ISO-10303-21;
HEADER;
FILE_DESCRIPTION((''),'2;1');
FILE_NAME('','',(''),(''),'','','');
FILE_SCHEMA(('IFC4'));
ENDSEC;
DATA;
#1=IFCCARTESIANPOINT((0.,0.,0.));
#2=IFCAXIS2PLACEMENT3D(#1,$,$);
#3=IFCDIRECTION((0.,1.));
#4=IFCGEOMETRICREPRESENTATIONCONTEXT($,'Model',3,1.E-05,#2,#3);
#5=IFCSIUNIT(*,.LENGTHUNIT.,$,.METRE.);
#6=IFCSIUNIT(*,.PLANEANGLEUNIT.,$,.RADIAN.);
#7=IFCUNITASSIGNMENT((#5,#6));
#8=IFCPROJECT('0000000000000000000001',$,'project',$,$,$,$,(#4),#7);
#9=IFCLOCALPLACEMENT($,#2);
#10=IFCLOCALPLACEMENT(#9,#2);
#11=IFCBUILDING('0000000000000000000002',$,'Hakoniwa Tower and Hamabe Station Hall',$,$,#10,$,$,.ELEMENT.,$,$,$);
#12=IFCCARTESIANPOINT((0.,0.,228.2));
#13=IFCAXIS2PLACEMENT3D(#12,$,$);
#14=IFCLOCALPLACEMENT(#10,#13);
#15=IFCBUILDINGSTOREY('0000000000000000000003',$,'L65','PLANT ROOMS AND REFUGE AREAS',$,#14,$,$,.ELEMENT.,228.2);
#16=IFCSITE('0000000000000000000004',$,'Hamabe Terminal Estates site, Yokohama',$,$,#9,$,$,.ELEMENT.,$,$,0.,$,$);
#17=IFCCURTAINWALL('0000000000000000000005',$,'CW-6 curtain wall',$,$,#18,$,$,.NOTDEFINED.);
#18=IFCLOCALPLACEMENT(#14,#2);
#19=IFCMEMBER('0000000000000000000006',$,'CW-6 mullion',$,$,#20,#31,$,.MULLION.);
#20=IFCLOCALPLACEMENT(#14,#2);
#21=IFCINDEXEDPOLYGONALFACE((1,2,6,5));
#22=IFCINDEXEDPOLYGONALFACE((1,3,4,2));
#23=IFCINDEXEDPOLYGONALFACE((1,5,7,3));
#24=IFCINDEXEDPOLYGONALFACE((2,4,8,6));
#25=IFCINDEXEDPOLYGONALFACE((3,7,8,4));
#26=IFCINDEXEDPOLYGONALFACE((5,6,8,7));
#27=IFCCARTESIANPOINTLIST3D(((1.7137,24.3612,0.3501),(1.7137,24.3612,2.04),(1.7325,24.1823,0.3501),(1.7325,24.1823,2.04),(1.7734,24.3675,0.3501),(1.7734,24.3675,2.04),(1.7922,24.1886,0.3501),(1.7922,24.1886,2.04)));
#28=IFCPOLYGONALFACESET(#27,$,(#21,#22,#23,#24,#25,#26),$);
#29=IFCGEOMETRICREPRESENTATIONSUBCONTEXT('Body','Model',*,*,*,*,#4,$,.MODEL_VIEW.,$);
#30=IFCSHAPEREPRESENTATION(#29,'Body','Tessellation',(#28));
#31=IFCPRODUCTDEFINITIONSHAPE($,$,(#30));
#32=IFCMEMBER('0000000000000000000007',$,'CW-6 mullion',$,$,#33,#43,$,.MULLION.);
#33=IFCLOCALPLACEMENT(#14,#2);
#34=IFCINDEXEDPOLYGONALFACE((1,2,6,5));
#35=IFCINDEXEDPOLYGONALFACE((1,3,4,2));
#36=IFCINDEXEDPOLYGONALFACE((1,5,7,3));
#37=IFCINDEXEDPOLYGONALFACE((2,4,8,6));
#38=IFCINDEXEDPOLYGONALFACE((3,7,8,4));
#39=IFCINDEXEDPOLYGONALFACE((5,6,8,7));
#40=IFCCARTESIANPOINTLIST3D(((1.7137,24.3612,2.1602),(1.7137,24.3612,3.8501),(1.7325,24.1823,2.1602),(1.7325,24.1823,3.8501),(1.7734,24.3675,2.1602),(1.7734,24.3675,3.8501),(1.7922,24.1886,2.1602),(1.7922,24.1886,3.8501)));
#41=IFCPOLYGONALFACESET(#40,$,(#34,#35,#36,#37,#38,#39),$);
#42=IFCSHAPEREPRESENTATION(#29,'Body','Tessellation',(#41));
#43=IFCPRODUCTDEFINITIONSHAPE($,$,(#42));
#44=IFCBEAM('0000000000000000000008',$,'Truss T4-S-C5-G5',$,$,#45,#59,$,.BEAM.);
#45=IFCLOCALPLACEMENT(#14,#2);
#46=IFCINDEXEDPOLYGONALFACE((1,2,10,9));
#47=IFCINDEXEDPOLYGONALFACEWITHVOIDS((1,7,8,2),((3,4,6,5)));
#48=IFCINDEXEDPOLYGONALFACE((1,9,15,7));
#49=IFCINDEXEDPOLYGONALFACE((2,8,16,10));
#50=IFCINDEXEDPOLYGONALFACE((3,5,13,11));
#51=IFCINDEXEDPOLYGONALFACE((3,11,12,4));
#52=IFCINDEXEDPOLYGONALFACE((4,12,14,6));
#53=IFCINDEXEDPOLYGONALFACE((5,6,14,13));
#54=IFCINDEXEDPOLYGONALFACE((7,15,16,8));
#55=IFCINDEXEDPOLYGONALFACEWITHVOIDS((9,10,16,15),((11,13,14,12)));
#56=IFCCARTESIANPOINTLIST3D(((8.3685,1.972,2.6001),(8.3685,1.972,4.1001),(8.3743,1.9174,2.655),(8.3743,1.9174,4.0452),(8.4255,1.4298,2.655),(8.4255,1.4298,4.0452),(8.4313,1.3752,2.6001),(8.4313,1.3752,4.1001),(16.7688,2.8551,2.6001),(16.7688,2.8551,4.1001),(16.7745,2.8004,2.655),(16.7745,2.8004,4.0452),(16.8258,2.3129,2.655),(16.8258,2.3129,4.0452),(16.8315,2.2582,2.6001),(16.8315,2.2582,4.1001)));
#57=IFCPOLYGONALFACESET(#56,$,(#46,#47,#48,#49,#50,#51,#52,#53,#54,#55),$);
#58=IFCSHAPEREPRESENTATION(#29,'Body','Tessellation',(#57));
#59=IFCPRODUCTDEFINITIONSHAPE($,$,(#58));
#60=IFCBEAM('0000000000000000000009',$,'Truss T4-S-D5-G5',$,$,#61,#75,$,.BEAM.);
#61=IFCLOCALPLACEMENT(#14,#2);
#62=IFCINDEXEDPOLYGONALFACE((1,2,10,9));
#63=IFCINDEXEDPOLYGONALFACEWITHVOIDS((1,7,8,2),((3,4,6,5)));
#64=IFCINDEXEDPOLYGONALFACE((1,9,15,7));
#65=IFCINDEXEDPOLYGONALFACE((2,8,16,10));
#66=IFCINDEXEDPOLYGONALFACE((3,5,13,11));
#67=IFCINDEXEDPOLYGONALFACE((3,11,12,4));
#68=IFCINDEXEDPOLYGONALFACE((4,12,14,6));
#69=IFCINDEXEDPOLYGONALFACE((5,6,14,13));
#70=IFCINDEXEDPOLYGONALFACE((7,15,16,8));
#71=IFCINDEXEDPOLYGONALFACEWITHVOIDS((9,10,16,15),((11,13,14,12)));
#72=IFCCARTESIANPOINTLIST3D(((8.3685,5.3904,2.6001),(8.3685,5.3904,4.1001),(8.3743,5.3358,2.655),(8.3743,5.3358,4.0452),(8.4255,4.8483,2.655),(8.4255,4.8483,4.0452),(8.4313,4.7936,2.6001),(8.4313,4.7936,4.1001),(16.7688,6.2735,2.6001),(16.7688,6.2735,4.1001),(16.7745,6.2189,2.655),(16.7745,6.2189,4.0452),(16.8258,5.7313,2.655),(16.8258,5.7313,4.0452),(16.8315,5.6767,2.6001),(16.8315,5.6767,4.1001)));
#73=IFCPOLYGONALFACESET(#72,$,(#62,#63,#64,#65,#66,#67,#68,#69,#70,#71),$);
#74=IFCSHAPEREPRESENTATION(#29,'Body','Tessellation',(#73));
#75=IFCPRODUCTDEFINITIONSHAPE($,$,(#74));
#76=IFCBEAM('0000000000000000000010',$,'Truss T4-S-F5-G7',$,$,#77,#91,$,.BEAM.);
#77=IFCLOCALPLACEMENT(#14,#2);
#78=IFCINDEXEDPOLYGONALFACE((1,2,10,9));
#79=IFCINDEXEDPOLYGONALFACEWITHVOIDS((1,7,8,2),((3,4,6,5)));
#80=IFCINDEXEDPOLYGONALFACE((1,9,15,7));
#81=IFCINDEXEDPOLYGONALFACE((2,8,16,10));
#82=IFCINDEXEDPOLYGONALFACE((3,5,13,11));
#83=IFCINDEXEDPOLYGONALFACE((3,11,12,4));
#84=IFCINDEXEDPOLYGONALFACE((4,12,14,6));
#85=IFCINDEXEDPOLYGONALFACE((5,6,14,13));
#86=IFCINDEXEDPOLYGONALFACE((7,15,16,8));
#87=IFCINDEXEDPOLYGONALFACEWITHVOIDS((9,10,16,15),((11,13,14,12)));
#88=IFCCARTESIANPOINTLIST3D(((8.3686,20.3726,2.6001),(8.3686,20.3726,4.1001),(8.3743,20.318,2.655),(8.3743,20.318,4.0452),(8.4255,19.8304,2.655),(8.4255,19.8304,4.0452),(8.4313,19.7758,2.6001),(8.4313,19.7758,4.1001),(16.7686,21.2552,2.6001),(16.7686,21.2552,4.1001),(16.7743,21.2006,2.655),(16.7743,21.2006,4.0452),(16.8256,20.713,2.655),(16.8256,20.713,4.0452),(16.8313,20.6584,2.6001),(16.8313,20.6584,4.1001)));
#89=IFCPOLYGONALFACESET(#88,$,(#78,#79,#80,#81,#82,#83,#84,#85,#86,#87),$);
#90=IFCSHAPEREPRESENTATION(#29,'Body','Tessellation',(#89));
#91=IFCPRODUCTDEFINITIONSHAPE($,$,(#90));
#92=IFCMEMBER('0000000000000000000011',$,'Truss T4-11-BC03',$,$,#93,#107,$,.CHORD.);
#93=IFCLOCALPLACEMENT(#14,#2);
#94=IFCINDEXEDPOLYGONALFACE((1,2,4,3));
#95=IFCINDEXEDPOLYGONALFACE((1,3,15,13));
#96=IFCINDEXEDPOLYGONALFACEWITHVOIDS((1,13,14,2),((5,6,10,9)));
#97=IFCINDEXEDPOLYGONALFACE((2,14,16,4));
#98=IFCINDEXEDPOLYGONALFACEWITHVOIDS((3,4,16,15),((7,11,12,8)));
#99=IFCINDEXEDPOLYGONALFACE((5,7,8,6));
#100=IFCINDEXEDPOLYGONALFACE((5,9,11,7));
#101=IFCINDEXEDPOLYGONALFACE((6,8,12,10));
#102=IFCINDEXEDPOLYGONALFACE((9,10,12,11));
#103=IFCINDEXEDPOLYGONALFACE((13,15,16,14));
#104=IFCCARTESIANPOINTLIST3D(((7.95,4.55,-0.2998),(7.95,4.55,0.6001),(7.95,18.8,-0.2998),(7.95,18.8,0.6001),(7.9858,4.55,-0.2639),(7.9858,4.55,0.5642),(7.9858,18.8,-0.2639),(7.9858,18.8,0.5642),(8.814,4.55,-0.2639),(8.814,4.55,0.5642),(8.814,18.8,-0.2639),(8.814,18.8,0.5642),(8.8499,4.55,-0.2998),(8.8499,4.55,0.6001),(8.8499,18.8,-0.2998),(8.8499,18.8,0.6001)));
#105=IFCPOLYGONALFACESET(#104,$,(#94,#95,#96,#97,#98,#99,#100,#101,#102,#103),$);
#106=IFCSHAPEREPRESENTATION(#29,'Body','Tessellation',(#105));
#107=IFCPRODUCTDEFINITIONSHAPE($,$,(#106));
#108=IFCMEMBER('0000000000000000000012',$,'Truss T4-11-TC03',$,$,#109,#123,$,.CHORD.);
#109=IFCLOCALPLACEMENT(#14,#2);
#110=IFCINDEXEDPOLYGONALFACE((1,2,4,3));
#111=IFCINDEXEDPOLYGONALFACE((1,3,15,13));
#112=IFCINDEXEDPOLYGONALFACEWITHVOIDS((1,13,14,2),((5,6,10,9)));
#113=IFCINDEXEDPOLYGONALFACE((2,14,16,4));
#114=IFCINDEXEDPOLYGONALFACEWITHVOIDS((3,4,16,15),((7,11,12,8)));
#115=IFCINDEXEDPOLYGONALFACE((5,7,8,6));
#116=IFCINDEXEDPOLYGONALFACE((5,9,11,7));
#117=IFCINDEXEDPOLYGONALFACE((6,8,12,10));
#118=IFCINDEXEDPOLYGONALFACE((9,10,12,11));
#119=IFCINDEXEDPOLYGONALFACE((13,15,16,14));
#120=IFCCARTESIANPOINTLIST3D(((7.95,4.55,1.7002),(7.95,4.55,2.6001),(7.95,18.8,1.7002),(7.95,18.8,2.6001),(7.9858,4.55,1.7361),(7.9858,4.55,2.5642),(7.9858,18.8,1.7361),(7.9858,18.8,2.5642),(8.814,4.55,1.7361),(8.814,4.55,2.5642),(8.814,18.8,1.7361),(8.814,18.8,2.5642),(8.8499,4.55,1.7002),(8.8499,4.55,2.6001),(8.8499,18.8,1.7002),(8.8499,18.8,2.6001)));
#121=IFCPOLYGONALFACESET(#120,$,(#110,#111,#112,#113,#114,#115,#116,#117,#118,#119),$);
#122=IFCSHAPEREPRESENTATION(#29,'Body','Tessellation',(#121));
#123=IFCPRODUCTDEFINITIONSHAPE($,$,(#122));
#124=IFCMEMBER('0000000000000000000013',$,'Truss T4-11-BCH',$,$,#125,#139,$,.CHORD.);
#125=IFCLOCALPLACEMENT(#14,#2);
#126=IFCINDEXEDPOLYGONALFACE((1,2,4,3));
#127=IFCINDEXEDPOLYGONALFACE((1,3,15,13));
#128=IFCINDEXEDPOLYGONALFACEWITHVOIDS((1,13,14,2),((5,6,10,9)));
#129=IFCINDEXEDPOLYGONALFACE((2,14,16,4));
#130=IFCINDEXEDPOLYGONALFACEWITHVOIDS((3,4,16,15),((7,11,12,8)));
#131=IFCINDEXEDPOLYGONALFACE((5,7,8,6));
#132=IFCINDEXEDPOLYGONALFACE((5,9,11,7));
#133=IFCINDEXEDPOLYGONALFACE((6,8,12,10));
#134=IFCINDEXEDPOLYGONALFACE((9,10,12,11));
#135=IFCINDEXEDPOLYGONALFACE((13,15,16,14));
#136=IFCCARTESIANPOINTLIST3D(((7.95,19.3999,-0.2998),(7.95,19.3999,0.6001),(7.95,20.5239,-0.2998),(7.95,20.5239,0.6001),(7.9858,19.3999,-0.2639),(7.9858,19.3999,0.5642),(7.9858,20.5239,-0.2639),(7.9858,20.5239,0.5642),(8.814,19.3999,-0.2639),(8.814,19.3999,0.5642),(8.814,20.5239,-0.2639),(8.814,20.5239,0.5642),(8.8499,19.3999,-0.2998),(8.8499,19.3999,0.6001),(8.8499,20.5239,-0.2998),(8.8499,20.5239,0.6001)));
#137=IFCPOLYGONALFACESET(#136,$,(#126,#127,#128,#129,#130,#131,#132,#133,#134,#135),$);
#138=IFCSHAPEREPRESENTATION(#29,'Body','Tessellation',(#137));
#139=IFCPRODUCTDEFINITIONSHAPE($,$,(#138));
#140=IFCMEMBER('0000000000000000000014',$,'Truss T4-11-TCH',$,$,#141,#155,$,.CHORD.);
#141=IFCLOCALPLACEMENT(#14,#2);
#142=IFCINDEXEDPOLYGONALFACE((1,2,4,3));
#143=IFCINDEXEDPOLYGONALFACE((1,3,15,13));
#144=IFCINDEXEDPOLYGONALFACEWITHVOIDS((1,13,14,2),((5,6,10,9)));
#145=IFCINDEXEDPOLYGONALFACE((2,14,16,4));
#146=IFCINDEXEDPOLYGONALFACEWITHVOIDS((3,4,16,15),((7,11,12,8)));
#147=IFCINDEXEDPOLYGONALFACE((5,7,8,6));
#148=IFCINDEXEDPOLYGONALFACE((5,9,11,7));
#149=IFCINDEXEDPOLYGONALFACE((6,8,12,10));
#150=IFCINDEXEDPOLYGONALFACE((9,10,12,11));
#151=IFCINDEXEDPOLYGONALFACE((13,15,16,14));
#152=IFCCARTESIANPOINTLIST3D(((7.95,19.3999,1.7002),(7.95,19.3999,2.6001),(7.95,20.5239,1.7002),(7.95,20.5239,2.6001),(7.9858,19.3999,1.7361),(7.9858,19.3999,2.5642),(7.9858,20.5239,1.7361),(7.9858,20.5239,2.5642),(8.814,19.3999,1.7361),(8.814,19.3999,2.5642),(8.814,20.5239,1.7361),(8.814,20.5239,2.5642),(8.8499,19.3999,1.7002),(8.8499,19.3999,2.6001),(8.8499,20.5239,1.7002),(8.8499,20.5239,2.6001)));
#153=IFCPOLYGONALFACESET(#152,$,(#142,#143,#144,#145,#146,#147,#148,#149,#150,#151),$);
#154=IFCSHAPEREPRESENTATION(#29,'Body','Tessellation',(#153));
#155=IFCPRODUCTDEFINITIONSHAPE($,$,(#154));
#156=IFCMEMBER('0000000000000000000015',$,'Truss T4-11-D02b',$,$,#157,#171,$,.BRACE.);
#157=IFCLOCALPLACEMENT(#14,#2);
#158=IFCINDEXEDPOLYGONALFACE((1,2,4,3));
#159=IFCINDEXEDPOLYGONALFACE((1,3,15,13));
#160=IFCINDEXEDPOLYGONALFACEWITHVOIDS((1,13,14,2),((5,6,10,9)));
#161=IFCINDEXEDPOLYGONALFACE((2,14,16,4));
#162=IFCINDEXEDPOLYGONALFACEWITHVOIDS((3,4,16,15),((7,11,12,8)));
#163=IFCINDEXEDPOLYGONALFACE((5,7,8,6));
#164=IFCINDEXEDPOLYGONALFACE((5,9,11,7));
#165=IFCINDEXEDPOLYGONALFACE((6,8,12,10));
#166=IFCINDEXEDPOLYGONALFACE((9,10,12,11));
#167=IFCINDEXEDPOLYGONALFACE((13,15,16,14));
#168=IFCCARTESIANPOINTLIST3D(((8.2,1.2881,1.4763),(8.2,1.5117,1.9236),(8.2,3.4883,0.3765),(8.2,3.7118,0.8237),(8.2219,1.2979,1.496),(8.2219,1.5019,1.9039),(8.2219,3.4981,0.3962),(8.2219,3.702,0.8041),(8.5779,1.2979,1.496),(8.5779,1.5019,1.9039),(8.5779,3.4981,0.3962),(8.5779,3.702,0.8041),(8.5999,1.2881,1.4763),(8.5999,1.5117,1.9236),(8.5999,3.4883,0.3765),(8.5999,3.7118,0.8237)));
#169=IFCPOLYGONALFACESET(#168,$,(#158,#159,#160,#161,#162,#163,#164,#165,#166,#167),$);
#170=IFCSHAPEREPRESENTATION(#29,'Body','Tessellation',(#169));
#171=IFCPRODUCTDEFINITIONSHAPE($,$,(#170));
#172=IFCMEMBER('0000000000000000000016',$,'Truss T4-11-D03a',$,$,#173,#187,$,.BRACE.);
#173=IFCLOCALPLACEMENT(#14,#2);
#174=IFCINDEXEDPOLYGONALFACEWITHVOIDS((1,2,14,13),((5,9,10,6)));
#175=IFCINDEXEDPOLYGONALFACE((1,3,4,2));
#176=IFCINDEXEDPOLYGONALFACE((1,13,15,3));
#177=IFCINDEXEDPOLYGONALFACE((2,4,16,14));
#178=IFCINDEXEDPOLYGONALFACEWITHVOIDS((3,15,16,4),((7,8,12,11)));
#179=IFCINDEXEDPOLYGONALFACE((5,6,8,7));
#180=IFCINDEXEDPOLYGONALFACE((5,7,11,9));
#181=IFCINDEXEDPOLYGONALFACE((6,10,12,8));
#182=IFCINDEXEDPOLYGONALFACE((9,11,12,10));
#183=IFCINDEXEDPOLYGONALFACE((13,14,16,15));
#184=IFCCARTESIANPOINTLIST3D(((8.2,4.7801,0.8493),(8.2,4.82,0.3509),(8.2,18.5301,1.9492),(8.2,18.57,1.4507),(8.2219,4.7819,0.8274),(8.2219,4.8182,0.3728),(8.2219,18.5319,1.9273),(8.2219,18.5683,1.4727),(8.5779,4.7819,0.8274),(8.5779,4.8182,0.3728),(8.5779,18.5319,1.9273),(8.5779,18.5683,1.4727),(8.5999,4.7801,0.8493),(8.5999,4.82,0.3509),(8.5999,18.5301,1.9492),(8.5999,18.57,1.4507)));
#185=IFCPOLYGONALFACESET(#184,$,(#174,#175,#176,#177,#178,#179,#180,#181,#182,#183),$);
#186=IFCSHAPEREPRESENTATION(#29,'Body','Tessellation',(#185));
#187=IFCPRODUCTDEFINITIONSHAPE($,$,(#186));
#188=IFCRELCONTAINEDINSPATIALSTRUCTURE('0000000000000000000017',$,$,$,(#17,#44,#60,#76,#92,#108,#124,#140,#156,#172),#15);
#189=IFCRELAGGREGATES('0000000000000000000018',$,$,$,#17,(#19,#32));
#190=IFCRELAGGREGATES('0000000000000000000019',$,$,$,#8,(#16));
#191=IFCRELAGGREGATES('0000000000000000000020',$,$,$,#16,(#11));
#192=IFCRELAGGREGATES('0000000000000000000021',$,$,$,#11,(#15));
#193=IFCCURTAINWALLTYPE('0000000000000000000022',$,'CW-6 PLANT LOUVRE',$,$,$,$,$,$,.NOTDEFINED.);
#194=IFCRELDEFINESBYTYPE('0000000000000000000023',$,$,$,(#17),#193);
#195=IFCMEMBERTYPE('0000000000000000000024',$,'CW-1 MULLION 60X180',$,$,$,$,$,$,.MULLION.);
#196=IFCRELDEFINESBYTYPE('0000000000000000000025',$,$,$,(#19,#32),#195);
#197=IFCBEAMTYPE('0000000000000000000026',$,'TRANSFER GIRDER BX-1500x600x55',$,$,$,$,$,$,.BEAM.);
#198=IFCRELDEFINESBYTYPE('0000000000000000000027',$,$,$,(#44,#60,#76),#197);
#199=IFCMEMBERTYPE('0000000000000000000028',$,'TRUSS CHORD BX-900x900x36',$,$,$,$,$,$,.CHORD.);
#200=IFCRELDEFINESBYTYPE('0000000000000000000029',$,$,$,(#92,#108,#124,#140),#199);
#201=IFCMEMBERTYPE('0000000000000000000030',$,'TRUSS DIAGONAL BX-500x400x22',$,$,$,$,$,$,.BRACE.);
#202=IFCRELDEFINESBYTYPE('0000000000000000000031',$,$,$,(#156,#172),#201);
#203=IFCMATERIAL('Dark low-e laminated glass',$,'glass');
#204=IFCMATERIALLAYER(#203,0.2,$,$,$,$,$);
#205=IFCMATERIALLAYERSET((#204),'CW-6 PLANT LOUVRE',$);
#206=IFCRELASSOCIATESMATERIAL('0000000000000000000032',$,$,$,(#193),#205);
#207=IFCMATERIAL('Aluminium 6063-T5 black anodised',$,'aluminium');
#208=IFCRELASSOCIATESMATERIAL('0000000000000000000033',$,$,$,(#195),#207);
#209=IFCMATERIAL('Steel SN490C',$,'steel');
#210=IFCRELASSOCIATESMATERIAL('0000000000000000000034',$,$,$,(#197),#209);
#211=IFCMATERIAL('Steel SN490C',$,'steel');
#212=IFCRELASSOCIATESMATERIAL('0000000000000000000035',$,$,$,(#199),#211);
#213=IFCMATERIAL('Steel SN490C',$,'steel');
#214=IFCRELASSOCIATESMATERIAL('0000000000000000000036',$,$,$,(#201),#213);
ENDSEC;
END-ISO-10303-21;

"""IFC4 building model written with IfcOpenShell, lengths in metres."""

from ifc_helpers import new_model, si_unit, direction, frame, origin, origin_2d, place, context, subcontext, project, spatial, rectangle, hollow_rectangle, extrude, material, layer, layer_set, material_profile, profile_set, type_object, element, aggregate, save


model = new_model("IFC4")

# Units and contexts
model_context = context("Model", 3, precision=1e-05, world=origin(), true_north=direction((0.0, 1.0)))
body_context = subcontext(model_context, "Body", "Model", "MODEL_VIEW")
ifc_project = project(units=[si_unit("LENGTHUNIT", "METRE"), si_unit("PLANEANGLEUNIT", "RADIAN")], contexts=[model_context])

# Site, building, storey
site_placement = place(None, origin())
site = spatial("IfcSite", under=ifc_project, at=site_placement, Name="Hamabe Terminal Estates site, Yokohama", CompositionType="ELEMENT", RefElevation=0.0)
building_placement = place(site_placement, origin())
building = spatial("IfcBuilding", under=site, at=building_placement, Name="Hakoniwa Tower and Hamabe Station Hall", CompositionType="ELEMENT")
storey_placement = place(building_placement, frame((0.0, 0.0, 228.2)))
storey = spatial("IfcBuildingStorey", under=building, at=storey_placement, Name="L65", Description="PLANT ROOMS AND REFUGE AREAS", CompositionType="ELEMENT", Elevation=228.2)

# Curtain wall, members
ifc_material_1 = material(Name="Dark low-e laminated glass", Category="glass")
ifc_layer_1 = layer(ifc_material_1, 0.2)
ifc_layer_set_1 = layer_set([ifc_layer_1], Name="CW-6 PLANT LOUVRE")
curtain_wall_type = type_object("IfcCurtainWallType", Name="CW-6 PLANT LOUVRE", PredefinedType="NOTDEFINED", material=ifc_layer_set_1)
curtain_wall_placement = place(storey_placement, origin())
curtain_wall = element("IfcCurtainWall", 1, at=curtain_wall_placement, inside=storey, type_object=curtain_wall_type, Name="CW-6 curtain wall", PredefinedType="NOTDEFINED")
ifc_material_2 = material(Name="Aluminium 6063-T5 black anodised", Category="aluminium")
ifc_material_profile_1 = material_profile(ifc_material_2, rectangle(XDim=0.0601, YDim=0.1799, at=origin_2d()), Name="CW-1 MULLION 60X180")
ifc_profile_set_1 = profile_set([ifc_material_profile_1], Name="Aluminium 6063-T5 black anodised")
member_type_1 = type_object("IfcMemberType", Name="CW-1 MULLION 60X180", PredefinedType="MULLION", material=ifc_profile_set_1)
member_1_placement = place(storey_placement, frame((1.7529, 24.2749, 0.3501), z_axis=(0.0, 0.0, 1.0), x_axis=(-0.994522, -0.104528, 0.0)))
member_1 = element("IfcMember", 2, at=member_1_placement, type_object=member_type_1, Name="CW-6 mullion", PredefinedType="MULLION", context=body_context, shape_type="SweptSolid", body=[
    extrude(rectangle(XDim=0.0601, YDim=0.1799, at=origin_2d()), origin(), (0.0, 0.0, 1.0), 1.6899),
])
member_2_placement = place(storey_placement, frame((1.7529, 24.2749, 2.1602), z_axis=(0.0, 0.0, 1.0), x_axis=(-0.994522, -0.104528, 0.0)))
member_2 = element("IfcMember", 3, at=member_2_placement, type_object=member_type_1, Name="CW-6 mullion", PredefinedType="MULLION", context=body_context, shape_type="SweptSolid", body=[
    extrude(rectangle(XDim=0.0601, YDim=0.1799, at=origin_2d()), origin(), (0.0, 0.0, 1.0), 1.6899),
])

# Beams
ifc_material_3 = material(Name="Steel SN490C", Category="steel")
ifc_material_profile_2 = material_profile(ifc_material_3, hollow_rectangle(XDim=0.6001, YDim=1.5, WallThickness=0.0549, at=origin_2d()), Name="BX-1500x600x55")
ifc_profile_set_2 = profile_set([ifc_material_profile_2], Name="Steel SN490C")
beam_type = type_object("IfcBeamType", Name="TRANSFER GIRDER BX-1500x600x55", PredefinedType="BEAM", material=ifc_profile_set_2)
for number, where, z_axis, x_axis, name in (
    (4, (8.3999, 1.6736, 3.3501), (0.99452, 0.104548, 0.0), (-0.104548, 0.99452, 0.0), "Truss T4-S-C5-G5"),
    (5, (8.3999, 5.092, 3.3501), (0.99452, 0.104548, 0.0), (-0.104548, 0.99452, 0.0), "Truss T4-S-D5-G5"),
):
    element("IfcBeam", number, at=place(storey_placement, frame(where, z_axis=z_axis, x_axis=x_axis)), inside=storey, type_object=beam_type, Name=name, PredefinedType="BEAM", context=body_context, shape_type="SweptSolid", body=[
        extrude(hollow_rectangle(XDim=0.6001, YDim=1.5, WallThickness=0.0549, at=origin_2d()), origin(), (0.0, 0.0, 1.0), 8.4465),
    ])
beam_placement = place(storey_placement, frame((8.3999, 20.0742, 3.3501), z_axis=(0.994526, 0.104491, 0.0), x_axis=(-0.104491, 0.994526, 0.0)))
element("IfcBeam", 6, at=beam_placement, inside=storey, type_object=beam_type, Name="Truss T4-S-F5-G7", PredefinedType="BEAM", context=body_context, shape_type="SweptSolid", body=[
    extrude(hollow_rectangle(XDim=0.6001, YDim=1.5, WallThickness=0.0549, at=origin_2d()), origin(), (0.0, 0.0, 1.0), 8.4463),
])

# Members
ifc_material_4 = material(Name="Steel SN490C", Category="steel")
ifc_material_profile_3 = material_profile(ifc_material_4, hollow_rectangle(XDim=0.8999, YDim=0.8999, WallThickness=0.0359, at=origin_2d()), Name="BX-900x900x36")
ifc_profile_set_3 = profile_set([ifc_material_profile_3], Name="Steel SN490C")
member_type_2 = type_object("IfcMemberType", Name="TRUSS CHORD BX-900x900x36", PredefinedType="CHORD", material=ifc_profile_set_3)
for number, where, z_axis, x_axis, name in (
    (7, (8.3999, 4.55, 0.1501), (0.0, 1.0, 0.0), (-1.0, 0.0, 0.0), "Truss T4-11-BC03"),
    (8, (8.3999, 4.55, 2.1501), (0.0, 1.0, 0.0), (-1.0, 0.0, 0.0), "Truss T4-11-TC03"),
):
    element("IfcMember", number, at=place(storey_placement, frame(where, z_axis=z_axis, x_axis=x_axis)), inside=storey, type_object=member_type_2, Name=name, PredefinedType="CHORD", context=body_context, shape_type="SweptSolid", body=[
        extrude(hollow_rectangle(XDim=0.8999, YDim=0.8999, WallThickness=0.0359, at=origin_2d()), origin(), (0.0, 0.0, 1.0), 14.25),
    ])
for number, where, z_axis, x_axis, name in (
    (9, (8.3999, 19.3999, 0.1501), (0.0, 1.0, 0.0), (-1.0, 0.0, 0.0), "Truss T4-11-BCH"),
    (10, (8.3999, 19.3999, 2.1501), (0.0, 1.0, 0.0), (-1.0, 0.0, 0.0), "Truss T4-11-TCH"),
):
    element("IfcMember", number, at=place(storey_placement, frame(where, z_axis=z_axis, x_axis=x_axis)), inside=storey, type_object=member_type_2, Name=name, PredefinedType="CHORD", context=body_context, shape_type="SweptSolid", body=[
        extrude(hollow_rectangle(XDim=0.8999, YDim=0.8999, WallThickness=0.0359, at=origin_2d()), origin(), (0.0, 0.0, 1.0), 1.124),
    ])
ifc_material_5 = material(Name="Steel SN490C", Category="steel")
ifc_material_profile_4 = material_profile(ifc_material_5, hollow_rectangle(XDim=0.3999, YDim=0.5, WallThickness=0.022, at=origin_2d()), Name="BX-500x400x22")
ifc_profile_set_4 = profile_set([ifc_material_profile_4], Name="Steel SN490C")
member_type_3 = type_object("IfcMemberType", Name="TRUSS DIAGONAL BX-500x400x22", PredefinedType="BRACE", material=ifc_profile_set_4)
member_3_placement = place(storey_placement, frame((8.3999, 1.3999, 1.7), z_axis=(0.0, 0.894467, -0.447134), x_axis=(-1.0, 0.0, 0.0)))
element("IfcMember", 11, at=member_3_placement, inside=storey, type_object=member_type_3, Name="Truss T4-11-D02b", PredefinedType="BRACE", context=body_context, shape_type="SweptSolid", body=[
    extrude(hollow_rectangle(XDim=0.3999, YDim=0.5, WallThickness=0.022, at=origin_2d()), origin(), (0.0, 0.0, 1.0), 2.4597),
])
for number, where, z_axis, x_axis, name in (
    (12, (8.3999, 4.8, 0.6001), (0.0, 0.996816, 0.079735), (-1.0, 0.0, 0.0), "Truss T4-11-D03a"),
):
    element("IfcMember", number, at=place(storey_placement, frame(where, z_axis=z_axis, x_axis=x_axis)), inside=storey, type_object=member_type_3, Name=name, PredefinedType="BRACE", context=body_context, shape_type="SweptSolid", body=[
        extrude(hollow_rectangle(XDim=0.3999, YDim=0.5, WallThickness=0.022, at=origin_2d()), origin(), (0.0, 0.0, 1.0), 13.7939),
    ])

aggregate(curtain_wall, [member_1, member_2])

save(model, "model.ifc")
